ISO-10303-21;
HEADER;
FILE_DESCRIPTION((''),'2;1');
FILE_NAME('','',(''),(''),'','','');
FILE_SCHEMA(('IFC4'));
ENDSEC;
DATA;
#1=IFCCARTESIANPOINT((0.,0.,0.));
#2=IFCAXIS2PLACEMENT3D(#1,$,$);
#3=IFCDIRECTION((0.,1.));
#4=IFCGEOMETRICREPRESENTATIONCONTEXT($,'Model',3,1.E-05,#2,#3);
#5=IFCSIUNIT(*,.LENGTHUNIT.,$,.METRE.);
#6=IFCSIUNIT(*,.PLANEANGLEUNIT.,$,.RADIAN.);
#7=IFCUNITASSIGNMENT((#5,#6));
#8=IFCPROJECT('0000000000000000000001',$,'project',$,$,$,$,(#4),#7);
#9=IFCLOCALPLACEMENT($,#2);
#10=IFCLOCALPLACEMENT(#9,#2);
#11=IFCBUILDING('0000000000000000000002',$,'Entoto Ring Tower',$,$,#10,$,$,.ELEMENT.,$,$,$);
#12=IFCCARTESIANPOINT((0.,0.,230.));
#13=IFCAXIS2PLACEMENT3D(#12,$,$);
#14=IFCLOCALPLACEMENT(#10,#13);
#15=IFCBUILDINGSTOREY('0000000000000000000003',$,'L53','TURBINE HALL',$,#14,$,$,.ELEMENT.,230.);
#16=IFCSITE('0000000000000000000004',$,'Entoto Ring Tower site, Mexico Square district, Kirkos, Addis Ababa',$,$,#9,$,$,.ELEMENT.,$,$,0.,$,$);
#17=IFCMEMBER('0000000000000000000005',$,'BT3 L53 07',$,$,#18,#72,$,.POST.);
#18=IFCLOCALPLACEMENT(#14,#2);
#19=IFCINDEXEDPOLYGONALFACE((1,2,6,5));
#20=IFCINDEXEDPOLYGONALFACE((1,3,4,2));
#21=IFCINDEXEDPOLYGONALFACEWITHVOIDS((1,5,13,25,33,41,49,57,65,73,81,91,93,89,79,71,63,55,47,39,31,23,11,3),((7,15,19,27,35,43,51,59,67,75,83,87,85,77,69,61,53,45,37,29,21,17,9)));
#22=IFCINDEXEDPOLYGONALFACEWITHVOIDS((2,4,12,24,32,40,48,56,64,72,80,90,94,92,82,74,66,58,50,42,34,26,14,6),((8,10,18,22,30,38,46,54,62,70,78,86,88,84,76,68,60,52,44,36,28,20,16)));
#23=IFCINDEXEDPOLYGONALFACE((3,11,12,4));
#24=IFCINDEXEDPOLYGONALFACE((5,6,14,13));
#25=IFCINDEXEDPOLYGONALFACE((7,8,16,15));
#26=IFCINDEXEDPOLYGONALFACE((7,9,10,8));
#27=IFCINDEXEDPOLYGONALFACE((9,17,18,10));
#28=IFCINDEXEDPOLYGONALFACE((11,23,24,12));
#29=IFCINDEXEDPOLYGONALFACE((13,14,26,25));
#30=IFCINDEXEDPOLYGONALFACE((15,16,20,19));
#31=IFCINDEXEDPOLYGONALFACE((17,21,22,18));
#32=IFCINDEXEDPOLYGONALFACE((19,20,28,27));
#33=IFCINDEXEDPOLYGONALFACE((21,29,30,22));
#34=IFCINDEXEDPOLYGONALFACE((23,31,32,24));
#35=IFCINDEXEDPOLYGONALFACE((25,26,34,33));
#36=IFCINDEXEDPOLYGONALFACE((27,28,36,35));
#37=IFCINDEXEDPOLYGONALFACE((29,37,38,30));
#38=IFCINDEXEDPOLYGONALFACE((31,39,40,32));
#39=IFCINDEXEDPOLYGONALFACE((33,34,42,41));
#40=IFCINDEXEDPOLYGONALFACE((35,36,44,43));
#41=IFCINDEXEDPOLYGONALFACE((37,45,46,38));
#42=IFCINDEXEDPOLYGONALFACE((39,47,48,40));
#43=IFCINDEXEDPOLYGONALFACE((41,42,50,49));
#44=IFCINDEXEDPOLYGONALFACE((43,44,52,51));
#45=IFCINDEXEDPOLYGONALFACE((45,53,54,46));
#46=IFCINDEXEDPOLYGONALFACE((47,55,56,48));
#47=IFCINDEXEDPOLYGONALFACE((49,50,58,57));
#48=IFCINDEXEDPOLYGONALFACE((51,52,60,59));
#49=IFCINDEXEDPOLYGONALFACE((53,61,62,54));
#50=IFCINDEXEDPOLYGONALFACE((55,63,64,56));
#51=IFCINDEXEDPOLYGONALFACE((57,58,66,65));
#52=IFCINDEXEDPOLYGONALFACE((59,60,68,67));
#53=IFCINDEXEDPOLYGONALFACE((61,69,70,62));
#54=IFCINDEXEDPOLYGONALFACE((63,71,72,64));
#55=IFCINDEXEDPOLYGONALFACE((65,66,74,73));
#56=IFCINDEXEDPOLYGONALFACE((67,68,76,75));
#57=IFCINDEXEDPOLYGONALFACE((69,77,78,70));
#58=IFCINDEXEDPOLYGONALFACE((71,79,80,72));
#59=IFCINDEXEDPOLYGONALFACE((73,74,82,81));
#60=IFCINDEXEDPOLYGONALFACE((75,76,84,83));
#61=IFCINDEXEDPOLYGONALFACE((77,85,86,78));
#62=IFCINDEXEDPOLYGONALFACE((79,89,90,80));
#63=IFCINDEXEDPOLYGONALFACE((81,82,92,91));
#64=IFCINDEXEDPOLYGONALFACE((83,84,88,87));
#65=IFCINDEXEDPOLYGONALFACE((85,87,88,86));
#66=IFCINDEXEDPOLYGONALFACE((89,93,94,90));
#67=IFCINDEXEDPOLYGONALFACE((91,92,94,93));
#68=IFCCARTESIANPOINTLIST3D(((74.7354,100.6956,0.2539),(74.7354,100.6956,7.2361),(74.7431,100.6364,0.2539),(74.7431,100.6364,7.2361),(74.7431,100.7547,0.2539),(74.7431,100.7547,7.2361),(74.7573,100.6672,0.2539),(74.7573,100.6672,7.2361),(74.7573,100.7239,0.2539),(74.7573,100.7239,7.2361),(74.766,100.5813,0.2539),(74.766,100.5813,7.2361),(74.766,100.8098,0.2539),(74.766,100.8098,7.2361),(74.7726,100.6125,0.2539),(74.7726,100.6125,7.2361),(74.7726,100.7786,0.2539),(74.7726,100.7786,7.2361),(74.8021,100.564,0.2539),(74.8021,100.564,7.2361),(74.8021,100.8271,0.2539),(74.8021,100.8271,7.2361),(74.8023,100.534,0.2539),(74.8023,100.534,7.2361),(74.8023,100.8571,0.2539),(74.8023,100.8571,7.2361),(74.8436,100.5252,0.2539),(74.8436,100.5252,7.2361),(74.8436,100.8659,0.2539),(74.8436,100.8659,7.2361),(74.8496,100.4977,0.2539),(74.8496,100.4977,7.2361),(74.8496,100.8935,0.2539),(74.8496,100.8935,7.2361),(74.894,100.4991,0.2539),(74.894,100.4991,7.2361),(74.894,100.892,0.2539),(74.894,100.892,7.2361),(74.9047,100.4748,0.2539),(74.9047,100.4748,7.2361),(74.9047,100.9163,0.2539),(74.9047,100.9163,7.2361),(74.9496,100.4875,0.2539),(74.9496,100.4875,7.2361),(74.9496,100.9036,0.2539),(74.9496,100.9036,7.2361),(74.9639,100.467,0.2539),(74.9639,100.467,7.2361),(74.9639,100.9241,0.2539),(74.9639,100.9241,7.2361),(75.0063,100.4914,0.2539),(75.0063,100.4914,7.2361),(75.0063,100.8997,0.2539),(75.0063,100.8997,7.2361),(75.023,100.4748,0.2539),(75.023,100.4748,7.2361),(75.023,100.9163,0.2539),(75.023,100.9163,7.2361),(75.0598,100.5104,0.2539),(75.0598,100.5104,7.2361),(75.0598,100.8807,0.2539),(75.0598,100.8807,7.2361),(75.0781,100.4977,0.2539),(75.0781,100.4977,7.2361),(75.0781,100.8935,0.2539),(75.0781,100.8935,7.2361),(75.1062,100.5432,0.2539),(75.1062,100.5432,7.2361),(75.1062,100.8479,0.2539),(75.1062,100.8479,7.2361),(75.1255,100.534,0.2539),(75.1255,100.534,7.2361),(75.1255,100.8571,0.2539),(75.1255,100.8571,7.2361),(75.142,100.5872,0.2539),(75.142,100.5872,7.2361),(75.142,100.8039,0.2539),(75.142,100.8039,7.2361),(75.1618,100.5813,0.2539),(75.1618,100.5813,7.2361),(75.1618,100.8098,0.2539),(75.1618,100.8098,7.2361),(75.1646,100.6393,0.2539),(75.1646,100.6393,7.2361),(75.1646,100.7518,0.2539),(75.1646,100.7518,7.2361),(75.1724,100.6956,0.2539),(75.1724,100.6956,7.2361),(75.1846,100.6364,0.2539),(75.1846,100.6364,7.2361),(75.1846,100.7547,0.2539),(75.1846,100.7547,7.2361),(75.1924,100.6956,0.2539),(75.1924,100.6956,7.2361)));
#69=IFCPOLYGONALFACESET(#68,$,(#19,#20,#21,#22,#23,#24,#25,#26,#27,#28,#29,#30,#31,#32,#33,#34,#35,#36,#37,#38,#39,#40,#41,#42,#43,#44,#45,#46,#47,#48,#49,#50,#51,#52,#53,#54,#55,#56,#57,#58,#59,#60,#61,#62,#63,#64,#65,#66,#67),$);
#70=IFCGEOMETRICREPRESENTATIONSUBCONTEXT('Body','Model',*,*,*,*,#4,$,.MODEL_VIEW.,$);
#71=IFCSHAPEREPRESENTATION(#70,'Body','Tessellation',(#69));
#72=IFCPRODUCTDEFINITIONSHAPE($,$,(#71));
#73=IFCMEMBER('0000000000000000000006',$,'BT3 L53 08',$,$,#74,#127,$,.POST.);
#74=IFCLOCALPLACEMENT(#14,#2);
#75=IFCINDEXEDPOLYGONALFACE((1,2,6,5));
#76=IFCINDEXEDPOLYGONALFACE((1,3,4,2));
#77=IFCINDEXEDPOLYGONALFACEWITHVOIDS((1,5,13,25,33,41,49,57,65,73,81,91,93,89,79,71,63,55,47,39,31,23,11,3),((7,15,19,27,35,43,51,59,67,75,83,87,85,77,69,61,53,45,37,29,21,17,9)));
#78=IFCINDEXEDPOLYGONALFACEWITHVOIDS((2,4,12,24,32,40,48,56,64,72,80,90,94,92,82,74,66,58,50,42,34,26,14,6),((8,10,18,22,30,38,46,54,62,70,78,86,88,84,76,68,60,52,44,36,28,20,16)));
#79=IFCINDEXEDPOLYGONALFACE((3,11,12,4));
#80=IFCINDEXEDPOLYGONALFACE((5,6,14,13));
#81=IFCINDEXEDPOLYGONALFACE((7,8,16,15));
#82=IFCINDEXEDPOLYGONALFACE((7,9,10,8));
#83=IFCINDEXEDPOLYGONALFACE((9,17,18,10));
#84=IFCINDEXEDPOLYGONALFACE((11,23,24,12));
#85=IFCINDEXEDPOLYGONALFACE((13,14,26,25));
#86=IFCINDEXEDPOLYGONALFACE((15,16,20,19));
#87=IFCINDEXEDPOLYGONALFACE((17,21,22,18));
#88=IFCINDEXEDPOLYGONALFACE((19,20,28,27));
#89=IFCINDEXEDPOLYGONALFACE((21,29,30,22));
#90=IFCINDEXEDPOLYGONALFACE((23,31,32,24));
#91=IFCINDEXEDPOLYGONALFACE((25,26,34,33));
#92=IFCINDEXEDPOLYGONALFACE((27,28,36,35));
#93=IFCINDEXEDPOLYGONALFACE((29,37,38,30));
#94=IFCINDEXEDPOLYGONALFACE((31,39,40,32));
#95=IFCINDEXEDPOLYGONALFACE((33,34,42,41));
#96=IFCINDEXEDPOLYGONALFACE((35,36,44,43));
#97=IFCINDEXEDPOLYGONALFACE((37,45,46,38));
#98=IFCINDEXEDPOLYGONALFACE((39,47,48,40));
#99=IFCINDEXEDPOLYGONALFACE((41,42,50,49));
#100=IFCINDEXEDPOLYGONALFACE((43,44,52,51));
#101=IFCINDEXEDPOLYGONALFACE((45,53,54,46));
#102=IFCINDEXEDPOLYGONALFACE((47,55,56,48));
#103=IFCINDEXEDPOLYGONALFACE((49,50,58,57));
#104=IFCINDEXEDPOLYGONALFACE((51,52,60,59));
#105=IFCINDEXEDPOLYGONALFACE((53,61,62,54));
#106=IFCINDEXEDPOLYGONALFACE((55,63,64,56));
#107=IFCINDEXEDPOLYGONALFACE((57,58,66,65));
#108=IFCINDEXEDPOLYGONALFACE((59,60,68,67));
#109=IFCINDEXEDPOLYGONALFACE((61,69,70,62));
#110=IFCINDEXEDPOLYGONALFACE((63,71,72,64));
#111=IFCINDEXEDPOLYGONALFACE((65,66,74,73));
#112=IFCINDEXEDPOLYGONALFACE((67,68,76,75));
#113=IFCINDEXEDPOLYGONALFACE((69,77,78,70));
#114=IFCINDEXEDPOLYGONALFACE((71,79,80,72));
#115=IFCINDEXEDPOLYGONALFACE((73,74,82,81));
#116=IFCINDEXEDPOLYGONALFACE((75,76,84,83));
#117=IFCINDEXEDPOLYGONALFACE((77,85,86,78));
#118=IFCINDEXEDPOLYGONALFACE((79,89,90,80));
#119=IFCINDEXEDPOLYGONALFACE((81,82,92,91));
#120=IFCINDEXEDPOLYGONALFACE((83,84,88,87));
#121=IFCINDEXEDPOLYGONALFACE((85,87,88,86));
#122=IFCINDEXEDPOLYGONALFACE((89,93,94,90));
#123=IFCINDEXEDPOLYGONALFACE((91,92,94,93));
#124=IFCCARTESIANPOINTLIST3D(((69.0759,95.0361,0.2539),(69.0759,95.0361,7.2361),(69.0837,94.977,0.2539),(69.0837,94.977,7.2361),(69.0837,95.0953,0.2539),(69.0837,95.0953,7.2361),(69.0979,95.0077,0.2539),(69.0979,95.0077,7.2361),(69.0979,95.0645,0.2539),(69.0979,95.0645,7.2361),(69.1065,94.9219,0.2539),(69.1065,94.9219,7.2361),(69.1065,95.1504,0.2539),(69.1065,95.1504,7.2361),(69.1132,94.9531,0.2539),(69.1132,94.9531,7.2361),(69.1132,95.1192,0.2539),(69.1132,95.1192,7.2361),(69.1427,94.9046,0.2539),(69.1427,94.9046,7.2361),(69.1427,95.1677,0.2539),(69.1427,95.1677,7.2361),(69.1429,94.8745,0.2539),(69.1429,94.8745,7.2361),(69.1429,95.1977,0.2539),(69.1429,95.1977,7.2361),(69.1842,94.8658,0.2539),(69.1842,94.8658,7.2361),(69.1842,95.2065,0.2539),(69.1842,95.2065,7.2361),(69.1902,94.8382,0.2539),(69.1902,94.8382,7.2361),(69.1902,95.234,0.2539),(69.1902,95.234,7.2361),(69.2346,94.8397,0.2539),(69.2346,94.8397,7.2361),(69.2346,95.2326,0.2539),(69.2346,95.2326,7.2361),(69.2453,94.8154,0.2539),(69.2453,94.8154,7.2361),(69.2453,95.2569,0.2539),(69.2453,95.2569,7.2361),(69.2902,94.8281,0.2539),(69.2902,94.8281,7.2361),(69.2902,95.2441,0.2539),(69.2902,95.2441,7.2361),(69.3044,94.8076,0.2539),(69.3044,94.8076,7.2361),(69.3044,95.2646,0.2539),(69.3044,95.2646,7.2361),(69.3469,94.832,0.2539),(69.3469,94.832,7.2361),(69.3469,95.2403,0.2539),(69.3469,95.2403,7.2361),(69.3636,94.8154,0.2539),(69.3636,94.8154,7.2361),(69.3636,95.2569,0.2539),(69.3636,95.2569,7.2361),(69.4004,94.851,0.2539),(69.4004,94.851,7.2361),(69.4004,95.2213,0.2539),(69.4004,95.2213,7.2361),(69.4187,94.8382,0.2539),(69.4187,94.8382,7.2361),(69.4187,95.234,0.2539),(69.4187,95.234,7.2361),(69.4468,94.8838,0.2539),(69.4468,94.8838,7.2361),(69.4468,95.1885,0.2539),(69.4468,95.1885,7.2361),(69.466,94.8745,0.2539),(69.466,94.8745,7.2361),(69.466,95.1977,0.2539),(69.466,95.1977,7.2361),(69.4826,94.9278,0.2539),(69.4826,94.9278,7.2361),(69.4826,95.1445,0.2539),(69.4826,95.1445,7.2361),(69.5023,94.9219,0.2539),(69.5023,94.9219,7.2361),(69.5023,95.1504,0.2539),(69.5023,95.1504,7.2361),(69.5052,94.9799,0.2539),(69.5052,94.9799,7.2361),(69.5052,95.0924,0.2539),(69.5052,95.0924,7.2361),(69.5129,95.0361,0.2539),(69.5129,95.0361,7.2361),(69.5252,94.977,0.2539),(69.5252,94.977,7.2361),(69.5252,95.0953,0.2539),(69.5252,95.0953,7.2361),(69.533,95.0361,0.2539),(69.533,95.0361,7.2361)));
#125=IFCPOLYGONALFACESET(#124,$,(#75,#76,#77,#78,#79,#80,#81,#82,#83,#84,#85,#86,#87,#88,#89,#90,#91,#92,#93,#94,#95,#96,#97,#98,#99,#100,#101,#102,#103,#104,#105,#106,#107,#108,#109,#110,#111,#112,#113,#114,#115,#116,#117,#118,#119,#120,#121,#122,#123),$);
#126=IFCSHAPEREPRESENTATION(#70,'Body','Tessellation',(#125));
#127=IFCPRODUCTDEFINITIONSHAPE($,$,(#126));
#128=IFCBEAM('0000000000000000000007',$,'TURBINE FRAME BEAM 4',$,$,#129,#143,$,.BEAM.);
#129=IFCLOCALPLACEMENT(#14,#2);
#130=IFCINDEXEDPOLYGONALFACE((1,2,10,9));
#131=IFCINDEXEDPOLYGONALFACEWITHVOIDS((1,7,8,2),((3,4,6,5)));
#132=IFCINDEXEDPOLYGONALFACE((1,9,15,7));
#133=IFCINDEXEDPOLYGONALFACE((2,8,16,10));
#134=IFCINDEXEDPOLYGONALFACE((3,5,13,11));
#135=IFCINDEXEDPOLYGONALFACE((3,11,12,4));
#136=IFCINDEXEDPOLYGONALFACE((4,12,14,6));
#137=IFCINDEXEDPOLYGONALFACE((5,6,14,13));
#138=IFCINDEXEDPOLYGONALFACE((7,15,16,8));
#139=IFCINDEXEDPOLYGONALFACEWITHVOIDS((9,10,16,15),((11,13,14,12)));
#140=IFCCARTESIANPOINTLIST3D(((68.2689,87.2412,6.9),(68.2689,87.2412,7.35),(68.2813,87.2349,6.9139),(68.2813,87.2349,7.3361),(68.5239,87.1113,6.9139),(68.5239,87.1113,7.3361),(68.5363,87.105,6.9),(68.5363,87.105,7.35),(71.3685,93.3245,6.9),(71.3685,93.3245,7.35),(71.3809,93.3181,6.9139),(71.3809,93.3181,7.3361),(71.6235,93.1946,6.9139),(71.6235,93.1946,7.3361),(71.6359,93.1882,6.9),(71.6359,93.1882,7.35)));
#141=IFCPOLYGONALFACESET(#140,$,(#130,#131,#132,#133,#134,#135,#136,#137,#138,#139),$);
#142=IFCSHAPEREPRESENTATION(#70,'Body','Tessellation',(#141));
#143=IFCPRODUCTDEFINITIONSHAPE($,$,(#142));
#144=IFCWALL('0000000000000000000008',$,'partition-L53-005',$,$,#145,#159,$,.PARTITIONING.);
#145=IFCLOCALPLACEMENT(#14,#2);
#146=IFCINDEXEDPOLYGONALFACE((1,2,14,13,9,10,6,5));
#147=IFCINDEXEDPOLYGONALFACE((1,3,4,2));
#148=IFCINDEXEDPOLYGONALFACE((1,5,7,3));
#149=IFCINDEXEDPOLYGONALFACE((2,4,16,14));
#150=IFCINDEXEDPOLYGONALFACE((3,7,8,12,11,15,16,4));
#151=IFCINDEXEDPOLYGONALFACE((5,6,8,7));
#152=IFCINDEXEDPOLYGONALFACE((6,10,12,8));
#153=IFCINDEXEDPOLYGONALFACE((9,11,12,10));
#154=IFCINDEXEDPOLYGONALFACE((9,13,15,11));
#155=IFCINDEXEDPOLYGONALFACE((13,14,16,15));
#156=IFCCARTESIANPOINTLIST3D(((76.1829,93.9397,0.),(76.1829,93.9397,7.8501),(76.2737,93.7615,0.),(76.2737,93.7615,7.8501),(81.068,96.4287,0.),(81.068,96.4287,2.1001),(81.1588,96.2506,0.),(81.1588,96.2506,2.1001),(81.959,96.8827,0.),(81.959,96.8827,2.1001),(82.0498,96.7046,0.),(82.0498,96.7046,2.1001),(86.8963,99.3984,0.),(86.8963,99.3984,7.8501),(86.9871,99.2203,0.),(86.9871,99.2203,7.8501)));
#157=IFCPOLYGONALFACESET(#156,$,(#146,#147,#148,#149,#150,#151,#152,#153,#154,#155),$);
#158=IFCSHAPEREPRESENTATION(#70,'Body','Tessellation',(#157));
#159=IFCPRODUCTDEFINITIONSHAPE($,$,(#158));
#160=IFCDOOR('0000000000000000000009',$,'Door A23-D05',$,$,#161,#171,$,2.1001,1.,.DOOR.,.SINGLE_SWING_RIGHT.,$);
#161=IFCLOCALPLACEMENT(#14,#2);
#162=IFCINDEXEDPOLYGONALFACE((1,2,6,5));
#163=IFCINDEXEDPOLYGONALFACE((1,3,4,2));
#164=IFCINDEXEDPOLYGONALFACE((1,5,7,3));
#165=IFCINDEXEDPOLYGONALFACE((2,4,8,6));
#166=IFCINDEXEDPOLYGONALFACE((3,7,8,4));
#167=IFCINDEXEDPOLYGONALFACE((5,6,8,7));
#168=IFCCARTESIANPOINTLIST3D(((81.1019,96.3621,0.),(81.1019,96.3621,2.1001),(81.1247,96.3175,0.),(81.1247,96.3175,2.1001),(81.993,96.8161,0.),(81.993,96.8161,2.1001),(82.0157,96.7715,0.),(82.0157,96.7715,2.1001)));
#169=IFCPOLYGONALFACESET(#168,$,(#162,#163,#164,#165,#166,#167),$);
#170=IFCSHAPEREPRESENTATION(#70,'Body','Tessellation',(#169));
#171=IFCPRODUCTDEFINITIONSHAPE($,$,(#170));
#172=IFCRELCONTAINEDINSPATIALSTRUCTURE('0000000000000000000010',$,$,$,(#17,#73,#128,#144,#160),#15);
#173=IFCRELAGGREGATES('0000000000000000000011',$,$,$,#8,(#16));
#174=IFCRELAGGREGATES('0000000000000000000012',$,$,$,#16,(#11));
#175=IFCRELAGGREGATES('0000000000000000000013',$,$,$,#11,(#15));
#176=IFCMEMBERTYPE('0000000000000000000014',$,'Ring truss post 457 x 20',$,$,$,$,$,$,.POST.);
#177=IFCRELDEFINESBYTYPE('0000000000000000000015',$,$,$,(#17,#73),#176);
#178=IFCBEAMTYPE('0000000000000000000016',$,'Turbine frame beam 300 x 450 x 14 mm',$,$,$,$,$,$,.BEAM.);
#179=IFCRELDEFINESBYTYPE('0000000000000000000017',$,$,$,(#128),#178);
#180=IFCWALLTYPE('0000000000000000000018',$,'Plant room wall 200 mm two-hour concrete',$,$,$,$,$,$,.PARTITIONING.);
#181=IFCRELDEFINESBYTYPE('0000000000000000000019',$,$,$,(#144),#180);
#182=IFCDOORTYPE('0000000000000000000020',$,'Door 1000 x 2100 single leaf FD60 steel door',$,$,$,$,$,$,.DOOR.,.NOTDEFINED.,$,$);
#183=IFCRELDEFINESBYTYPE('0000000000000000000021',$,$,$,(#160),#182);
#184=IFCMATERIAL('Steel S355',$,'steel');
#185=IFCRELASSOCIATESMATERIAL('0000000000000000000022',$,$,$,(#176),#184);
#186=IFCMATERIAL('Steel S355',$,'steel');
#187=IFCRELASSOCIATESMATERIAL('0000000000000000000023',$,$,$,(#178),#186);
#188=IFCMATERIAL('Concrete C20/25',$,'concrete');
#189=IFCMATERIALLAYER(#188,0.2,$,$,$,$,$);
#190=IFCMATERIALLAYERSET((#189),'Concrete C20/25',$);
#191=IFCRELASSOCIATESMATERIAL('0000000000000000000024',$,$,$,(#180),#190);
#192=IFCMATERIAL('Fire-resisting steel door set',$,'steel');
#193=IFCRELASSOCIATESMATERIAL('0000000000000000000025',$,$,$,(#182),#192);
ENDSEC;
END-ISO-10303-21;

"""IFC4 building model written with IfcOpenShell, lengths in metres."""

from ifc_helpers import new_model, si_unit, direction, frame, frame_2d, origin, origin_2d, place, context, subcontext, project, spatial, rectangle, hollow_rectangle, circle, hollow_circle, extrude, material, layer, layer_set, material_profile, profile_set, type_object, element, fill, save


model = new_model("IFC4")

# Units and contexts
model_context = context("Model", 3, precision=1e-05, world=origin(), true_north=direction((0.0, 1.0)))
body_context = subcontext(model_context, "Body", "Model", "MODEL_VIEW")
ifc_project = project(units=[si_unit("LENGTHUNIT", "METRE"), si_unit("PLANEANGLEUNIT", "RADIAN")], contexts=[model_context])

# Site, building, storey
site_placement = place(None, origin())
site = spatial("IfcSite", under=ifc_project, at=site_placement, Name="Entoto Ring Tower site, Mexico Square district, Kirkos, Addis Ababa", CompositionType="ELEMENT", RefElevation=0.0)
building_placement = place(site_placement, origin())
building = spatial("IfcBuilding", under=site, at=building_placement, Name="Entoto Ring Tower", CompositionType="ELEMENT")
storey_placement = place(building_placement, frame((0.0, 0.0, 230.0)))
storey = spatial("IfcBuildingStorey", under=building, at=storey_placement, Name="L53", Description="TURBINE HALL", CompositionType="ELEMENT", Elevation=230.0)

# Members
ifc_material_1 = material(Name="Steel S355", Category="steel")
ifc_material_profile_1 = material_profile(ifc_material_1, hollow_circle(Radius=0.2285, WallThickness=0.02, at=origin_2d()), Name="CHS 457 x 20")
ifc_material_2 = material(Name="Concrete C60/75", Category="concrete")
ifc_material_profile_2 = material_profile(ifc_material_2, circle(Radius=0.2085, at=origin_2d()), Name="Concrete C60/75 infill")
ifc_profile_set_1 = profile_set([ifc_material_profile_1, ifc_material_profile_2], Name="Steel S355")
member_type_1 = type_object("IfcMemberType", Name="Ring truss post 457 x 20", PredefinedType="POST", material=ifc_profile_set_1)
for number, where, z_axis, x_axis, name in (
    (1, (74.9639, 100.6956, 0.2539), (0.0, 0.0, 1.0), (1.0, 0.0, 0.0), "BT3 L53 07"),
    (2, (69.3044, 95.0361, 0.2539), (0.0, 0.0, 1.0), (1.0, 0.0, 0.0), "BT3 L53 08"),
):
    element("IfcMember", number, at=place(storey_placement, frame(where, z_axis=z_axis, x_axis=x_axis)), inside=storey, type_object=member_type_1, Name=name, PredefinedType="POST", context=body_context, shape_type="SweptSolid", body=[
        extrude(hollow_circle(Radius=0.2285, WallThickness=0.02, at=origin_2d()), origin(), (0.0, 0.0, 1.0), 6.9822),
    ])

# Beam
ifc_material_3 = material(Name="Steel S355", Category="steel")
ifc_material_profile_3 = material_profile(ifc_material_3, hollow_rectangle(XDim=0.3, YDim=0.45, WallThickness=0.0139, at=origin_2d()), Name="Turbine frame beam 300 x 450 x 14 mm")
ifc_profile_set_2 = profile_set([ifc_material_profile_3], Name="Steel S355")
beam_type_1 = type_object("IfcBeamType", Name="Turbine frame beam 300 x 450 x 14 mm", PredefinedType="BEAM", material=ifc_profile_set_2)
beam_placement = place(storey_placement, frame((71.5022, 93.2563, 7.125), z_axis=(-0.453995, -0.891004, 0.0), x_axis=(0.891004, -0.453995, 0.0)))
element("IfcBeam", 3, at=beam_placement, inside=storey, type_object=beam_type_1, Name="TURBINE FRAME BEAM 4", PredefinedType="BEAM", context=body_context, shape_type="SweptSolid", body=[
    extrude(hollow_rectangle(XDim=0.3, YDim=0.45, WallThickness=0.0139, at=origin_2d()), origin(), (0.0, 0.0, 1.0), 6.8274),
])

# Wall, opening, door
ifc_material_4 = material(Name="Concrete C20/25", Category="concrete")
ifc_layer = layer(ifc_material_4, 0.2)
ifc_layer_set = layer_set([ifc_layer], Name="Concrete C20/25")
wall_type = type_object("IfcWallType", Name="Plant room wall 200 mm two-hour concrete", PredefinedType="PARTITIONING", material=ifc_layer_set)
wall_placement = place(storey_placement, frame((76.2283, 93.8506, 0.0), z_axis=(0.0, 0.0, 1.0), x_axis=(0.891006, 0.453991, 0.0)))
wall = element("IfcWall", 4, at=wall_placement, inside=storey, type_object=wall_type, Name="partition-L53-005", PredefinedType="PARTITIONING", context=body_context, shape_type="SweptSolid", body=[
    extrude(rectangle(XDim=12.0239, YDim=0.2, at=frame_2d((6.012, 0.0))), origin(), (0.0, 0.0, 1.0), 7.8501),
])
opening_placement = place(wall_placement, frame((5.4827, 0.0, 0.0)))
opening = element("IfcOpeningElement", 5, at=opening_placement, cuts=wall, PredefinedType="OPENING", context=body_context, shape_type="SweptSolid", body=[
    extrude(rectangle(XDim=1.0, YDim=2.1001, at=frame_2d((0.5, 1.05))), frame((0.0, 0.1099, 0.0), z_axis=(0.0, -1.0, 0.0), x_axis=(1.0, 0.0, 0.0)), (0.0, 0.0, 1.0), 0.22),
])
ifc_material_5 = material(Name="Fire-resisting steel door set", Category="steel")
door_type = type_object("IfcDoorType", Name="Door 1000 x 2100 single leaf FD60 steel door", OperationType="NOTDEFINED", PredefinedType="DOOR", material=ifc_material_5)
door_placement = place(opening_placement, frame((1.0, 0.0, 0.0), z_axis=(0.0, 0.0, 1.0), x_axis=(-1.0, 0.0, 0.0)))
door = element("IfcDoor", 6, at=door_placement, inside=storey, type_object=door_type, Name="Door A23-D05", OperationType="SINGLE_SWING_RIGHT", OverallHeight=2.1001, OverallWidth=1.0, PredefinedType="DOOR", context=body_context, shape_type="SweptSolid", body=[
    extrude(rectangle(XDim=1.0, YDim=2.1001, at=frame_2d((0.5, 1.05))), frame((0.0, 0.0249, 0.0), z_axis=(0.0, -1.0, 0.0), x_axis=(1.0, 0.0, 0.0)), (0.0, 0.0, 1.0), 0.05),
])
fill(opening, door)

save(model, "model.ifc")
